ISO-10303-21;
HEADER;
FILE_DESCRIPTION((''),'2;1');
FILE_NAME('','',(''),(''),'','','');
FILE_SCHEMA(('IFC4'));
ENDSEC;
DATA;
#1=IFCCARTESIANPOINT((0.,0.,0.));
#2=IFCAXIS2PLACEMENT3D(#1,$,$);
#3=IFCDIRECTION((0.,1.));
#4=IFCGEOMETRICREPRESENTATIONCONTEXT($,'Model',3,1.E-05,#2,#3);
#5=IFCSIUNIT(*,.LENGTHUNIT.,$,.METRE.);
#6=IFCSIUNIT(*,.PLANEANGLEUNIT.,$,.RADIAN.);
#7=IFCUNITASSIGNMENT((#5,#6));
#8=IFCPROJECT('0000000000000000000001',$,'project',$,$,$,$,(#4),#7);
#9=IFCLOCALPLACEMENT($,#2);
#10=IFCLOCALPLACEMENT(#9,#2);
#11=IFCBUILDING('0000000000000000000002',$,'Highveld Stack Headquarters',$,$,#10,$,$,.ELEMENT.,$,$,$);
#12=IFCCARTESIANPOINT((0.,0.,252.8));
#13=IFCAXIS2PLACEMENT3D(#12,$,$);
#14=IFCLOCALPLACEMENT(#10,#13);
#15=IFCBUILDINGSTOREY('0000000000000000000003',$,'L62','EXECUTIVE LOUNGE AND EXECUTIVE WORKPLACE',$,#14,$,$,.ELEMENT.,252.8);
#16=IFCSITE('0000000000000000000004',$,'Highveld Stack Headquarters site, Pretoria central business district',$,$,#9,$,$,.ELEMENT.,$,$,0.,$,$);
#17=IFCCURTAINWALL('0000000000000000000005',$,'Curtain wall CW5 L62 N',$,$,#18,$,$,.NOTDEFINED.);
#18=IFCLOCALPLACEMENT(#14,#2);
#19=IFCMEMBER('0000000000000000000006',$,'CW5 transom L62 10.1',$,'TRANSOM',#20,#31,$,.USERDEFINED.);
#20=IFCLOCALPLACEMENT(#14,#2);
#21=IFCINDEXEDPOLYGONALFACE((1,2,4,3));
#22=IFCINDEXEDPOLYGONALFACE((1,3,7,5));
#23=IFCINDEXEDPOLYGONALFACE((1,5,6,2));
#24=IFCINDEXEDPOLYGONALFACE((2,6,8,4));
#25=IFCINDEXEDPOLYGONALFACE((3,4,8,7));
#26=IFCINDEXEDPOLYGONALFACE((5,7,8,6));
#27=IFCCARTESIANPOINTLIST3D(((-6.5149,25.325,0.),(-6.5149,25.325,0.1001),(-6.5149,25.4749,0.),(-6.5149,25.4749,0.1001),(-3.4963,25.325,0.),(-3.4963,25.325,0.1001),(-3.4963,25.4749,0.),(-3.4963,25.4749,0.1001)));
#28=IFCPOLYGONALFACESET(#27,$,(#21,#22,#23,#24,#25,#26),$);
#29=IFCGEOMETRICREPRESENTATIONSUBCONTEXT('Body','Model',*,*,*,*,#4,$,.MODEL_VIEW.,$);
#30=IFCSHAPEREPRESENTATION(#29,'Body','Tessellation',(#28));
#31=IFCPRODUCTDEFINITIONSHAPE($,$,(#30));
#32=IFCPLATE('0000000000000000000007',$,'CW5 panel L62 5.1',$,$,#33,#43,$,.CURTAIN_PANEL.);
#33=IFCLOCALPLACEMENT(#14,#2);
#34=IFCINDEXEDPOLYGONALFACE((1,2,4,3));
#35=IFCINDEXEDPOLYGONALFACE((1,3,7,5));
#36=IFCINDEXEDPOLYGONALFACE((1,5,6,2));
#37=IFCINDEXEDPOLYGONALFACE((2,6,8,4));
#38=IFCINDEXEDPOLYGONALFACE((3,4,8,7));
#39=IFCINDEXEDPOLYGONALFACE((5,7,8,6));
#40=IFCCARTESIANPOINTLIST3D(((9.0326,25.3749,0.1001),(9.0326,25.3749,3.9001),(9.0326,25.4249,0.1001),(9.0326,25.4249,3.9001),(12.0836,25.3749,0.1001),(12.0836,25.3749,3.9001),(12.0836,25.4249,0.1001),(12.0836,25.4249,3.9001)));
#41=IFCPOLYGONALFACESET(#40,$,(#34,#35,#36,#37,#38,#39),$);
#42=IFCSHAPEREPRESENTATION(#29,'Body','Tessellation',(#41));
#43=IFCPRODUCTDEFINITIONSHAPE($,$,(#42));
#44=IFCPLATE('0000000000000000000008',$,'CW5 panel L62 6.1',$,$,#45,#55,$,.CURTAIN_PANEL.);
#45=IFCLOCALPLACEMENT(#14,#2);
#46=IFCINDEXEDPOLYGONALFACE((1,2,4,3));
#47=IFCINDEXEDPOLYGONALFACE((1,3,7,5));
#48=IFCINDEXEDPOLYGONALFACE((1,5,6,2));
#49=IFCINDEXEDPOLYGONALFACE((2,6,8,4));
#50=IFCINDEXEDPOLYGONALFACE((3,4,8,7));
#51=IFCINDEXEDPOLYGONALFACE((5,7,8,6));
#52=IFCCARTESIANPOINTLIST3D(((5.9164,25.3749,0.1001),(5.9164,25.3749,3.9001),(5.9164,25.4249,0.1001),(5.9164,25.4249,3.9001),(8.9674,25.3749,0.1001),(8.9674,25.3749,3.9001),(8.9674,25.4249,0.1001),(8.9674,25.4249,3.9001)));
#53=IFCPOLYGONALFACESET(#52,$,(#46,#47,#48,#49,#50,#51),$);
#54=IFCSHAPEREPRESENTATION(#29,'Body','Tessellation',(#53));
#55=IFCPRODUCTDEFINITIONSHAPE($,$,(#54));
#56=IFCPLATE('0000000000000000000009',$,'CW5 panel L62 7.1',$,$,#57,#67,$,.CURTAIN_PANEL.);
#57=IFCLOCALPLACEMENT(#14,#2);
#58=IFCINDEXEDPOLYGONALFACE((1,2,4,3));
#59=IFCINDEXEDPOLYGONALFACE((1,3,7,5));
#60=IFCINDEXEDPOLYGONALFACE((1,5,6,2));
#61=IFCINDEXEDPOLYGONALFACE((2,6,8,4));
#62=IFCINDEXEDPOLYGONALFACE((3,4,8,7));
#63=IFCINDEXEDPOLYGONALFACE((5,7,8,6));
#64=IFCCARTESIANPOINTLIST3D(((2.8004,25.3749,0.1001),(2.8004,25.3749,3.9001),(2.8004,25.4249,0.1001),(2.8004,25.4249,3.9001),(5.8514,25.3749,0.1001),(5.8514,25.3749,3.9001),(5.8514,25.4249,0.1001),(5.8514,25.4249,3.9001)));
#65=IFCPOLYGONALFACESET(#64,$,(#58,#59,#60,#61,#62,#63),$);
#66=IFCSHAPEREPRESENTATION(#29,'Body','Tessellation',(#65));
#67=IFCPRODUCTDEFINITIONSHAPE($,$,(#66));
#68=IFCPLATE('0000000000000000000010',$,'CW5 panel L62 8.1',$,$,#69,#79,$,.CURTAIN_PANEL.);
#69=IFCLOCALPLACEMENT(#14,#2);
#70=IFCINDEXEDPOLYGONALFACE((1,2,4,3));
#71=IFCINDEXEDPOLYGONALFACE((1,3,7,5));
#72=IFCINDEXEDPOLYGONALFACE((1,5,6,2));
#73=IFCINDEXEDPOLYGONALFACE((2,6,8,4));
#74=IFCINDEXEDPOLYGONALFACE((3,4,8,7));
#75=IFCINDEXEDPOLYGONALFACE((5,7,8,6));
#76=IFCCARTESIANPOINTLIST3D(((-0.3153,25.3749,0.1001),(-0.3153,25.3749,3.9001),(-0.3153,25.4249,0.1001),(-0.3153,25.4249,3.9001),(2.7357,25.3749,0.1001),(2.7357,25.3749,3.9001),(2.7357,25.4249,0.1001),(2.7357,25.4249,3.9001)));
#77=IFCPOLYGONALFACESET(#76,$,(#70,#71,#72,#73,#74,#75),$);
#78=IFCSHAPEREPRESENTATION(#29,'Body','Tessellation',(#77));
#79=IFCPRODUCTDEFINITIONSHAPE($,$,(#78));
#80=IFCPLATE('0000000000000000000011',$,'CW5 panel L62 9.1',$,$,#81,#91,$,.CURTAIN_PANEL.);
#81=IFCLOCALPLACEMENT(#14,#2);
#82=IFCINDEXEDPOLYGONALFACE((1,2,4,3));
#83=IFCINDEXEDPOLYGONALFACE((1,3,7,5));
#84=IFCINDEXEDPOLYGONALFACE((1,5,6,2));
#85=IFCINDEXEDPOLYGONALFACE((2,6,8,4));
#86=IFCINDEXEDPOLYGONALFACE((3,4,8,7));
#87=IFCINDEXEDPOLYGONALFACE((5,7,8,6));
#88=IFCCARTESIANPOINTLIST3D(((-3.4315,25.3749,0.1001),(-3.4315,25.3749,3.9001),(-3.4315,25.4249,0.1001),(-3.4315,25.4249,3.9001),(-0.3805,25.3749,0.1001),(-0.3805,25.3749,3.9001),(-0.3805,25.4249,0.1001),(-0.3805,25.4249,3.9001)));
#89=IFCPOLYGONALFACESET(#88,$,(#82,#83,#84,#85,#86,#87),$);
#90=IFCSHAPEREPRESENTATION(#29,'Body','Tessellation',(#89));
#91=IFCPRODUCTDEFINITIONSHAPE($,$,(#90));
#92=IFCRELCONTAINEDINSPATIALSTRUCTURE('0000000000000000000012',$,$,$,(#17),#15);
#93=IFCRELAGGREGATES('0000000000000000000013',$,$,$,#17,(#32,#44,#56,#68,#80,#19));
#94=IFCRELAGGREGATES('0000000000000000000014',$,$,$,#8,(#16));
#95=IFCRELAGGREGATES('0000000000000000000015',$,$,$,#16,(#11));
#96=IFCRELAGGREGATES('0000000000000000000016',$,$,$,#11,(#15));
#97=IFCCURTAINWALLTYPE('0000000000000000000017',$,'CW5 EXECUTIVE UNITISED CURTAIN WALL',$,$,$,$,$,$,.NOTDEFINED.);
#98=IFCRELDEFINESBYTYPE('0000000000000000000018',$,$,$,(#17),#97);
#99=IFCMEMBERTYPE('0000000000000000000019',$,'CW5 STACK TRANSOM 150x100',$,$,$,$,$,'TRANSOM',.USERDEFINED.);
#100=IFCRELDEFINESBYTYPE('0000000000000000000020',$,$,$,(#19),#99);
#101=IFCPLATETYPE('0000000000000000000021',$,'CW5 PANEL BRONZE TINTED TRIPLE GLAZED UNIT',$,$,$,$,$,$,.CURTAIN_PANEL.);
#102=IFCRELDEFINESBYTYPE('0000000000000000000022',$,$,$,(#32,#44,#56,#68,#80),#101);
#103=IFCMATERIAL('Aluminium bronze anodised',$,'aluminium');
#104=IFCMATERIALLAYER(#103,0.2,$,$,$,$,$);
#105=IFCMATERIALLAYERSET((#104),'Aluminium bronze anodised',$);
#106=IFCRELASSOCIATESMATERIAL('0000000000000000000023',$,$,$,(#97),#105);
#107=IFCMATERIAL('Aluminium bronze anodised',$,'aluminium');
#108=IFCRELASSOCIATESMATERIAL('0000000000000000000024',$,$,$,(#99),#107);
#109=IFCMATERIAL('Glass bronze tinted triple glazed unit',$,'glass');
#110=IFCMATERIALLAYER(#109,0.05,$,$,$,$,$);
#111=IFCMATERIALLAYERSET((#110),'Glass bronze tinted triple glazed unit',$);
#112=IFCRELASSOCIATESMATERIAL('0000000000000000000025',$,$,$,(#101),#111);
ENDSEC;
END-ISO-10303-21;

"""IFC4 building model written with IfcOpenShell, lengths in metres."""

from ifc_helpers import new_model, si_unit, direction, frame, origin, origin_2d, place, context, subcontext, project, spatial, rectangle, extrude, material, layer, layer_set, material_profile, profile_set, type_object, element, aggregate, save


model = new_model("IFC4")

# Units and contexts
model_context = context("Model", 3, precision=1e-05, world=origin(), true_north=direction((0.0, 1.0)))
body_context = subcontext(model_context, "Body", "Model", "MODEL_VIEW")
ifc_project = project(units=[si_unit("LENGTHUNIT", "METRE"), si_unit("PLANEANGLEUNIT", "RADIAN")], contexts=[model_context])

# Site, building, storey
site_placement = place(None, origin())
site = spatial("IfcSite", under=ifc_project, at=site_placement, Name="Highveld Stack Headquarters site, Pretoria central business district", CompositionType="ELEMENT", RefElevation=0.0)
building_placement = place(site_placement, origin())
building = spatial("IfcBuilding", under=site, at=building_placement, Name="Highveld Stack Headquarters", CompositionType="ELEMENT")
storey_placement = place(building_placement, frame((0.0, 0.0, 252.8)))
storey = spatial("IfcBuildingStorey", under=building, at=storey_placement, Name="L62", Description="EXECUTIVE LOUNGE AND EXECUTIVE WORKPLACE", CompositionType="ELEMENT", Elevation=252.8)

# Curtain wall, member, plates
ifc_material_1 = material(Name="Aluminium bronze anodised", Category="aluminium")
ifc_layer_1 = layer(ifc_material_1, 0.2)
ifc_layer_set_1 = layer_set([ifc_layer_1], Name="Aluminium bronze anodised")
curtain_wall_type = type_object("IfcCurtainWallType", Name="CW5 EXECUTIVE UNITISED CURTAIN WALL", PredefinedType="NOTDEFINED", material=ifc_layer_set_1)
curtain_wall_placement = place(storey_placement, origin())
curtain_wall = element("IfcCurtainWall", 1, at=curtain_wall_placement, inside=storey, type_object=curtain_wall_type, Name="Curtain wall CW5 L62 N", PredefinedType="NOTDEFINED")
ifc_material_2 = material(Name="Aluminium bronze anodised", Category="aluminium")
ifc_material_profile_1 = material_profile(ifc_material_2, rectangle(XDim=0.1499, YDim=0.1001, at=origin_2d()), Name="CW5 TRANSOM 150x100")
ifc_profile_set_1 = profile_set([ifc_material_profile_1], Name="Aluminium bronze anodised")
member_type_1 = type_object("IfcMemberType", Name="CW5 STACK TRANSOM 150x100", ElementType="TRANSOM", PredefinedType="USERDEFINED", material=ifc_profile_set_1)
member_1_placement = place(storey_placement, frame((-3.4963, 25.3999, 0.05), z_axis=(-1.0, 0.0, 0.0), x_axis=(0.0, -1.0, 0.0)))
member_1 = element("IfcMember", 2, at=member_1_placement, type_object=member_type_1, Name="CW5 transom L62 10.1", ObjectType="TRANSOM", PredefinedType="USERDEFINED", context=body_context, shape_type="SweptSolid", body=[
    extrude(rectangle(XDim=0.1499, YDim=0.1001, at=origin_2d()), origin(), (0.0, 0.0, 1.0), 3.0186),
])
ifc_material_3 = material(Name="Glass bronze tinted triple glazed unit", Category="glass")
ifc_layer_2 = layer(ifc_material_3, 0.05)
ifc_layer_set_2 = layer_set([ifc_layer_2], Name="Glass bronze tinted triple glazed unit")
plate_type = type_object("IfcPlateType", Name="CW5 PANEL BRONZE TINTED TRIPLE GLAZED UNIT", PredefinedType="CURTAIN_PANEL", material=ifc_layer_set_2)
plate_1_placement = place(storey_placement, frame((10.5581, 25.3999, 0.1001), z_axis=(0.0, 0.0, 1.0), x_axis=(-1.0, 0.0, 0.0)))
plate_1 = element("IfcPlate", 3, at=plate_1_placement, type_object=plate_type, Name="CW5 panel L62 5.1", PredefinedType="CURTAIN_PANEL", context=body_context, shape_type="SweptSolid", body=[
    extrude(rectangle(XDim=3.051, YDim=0.05, at=origin_2d()), origin(), (0.0, 0.0, 1.0), 3.8),
])
plate_2_placement = place(storey_placement, frame((7.4419, 25.3999, 0.1001), z_axis=(0.0, 0.0, 1.0), x_axis=(-1.0, 0.0, 0.0)))
plate_2 = element("IfcPlate", 4, at=plate_2_placement, type_object=plate_type, Name="CW5 panel L62 6.1", PredefinedType="CURTAIN_PANEL", context=body_context, shape_type="SweptSolid", body=[
    extrude(rectangle(XDim=3.051, YDim=0.05, at=origin_2d()), origin(), (0.0, 0.0, 1.0), 3.8),
])
plate_3_placement = place(storey_placement, frame((4.3259, 25.3999, 0.1001), z_axis=(0.0, 0.0, 1.0), x_axis=(-1.0, 0.0, 0.0)))
plate_3 = element("IfcPlate", 5, at=plate_3_placement, type_object=plate_type, Name="CW5 panel L62 7.1", PredefinedType="CURTAIN_PANEL", context=body_context, shape_type="SweptSolid", body=[
    extrude(rectangle(XDim=3.051, YDim=0.05, at=origin_2d()), origin(), (0.0, 0.0, 1.0), 3.8),
])
plate_4_placement = place(storey_placement, frame((1.2102, 25.3999, 0.1001), z_axis=(0.0, 0.0, 1.0), x_axis=(-1.0, 0.0, 0.0)))
plate_4 = element("IfcPlate", 6, at=plate_4_placement, type_object=plate_type, Name="CW5 panel L62 8.1", PredefinedType="CURTAIN_PANEL", context=body_context, shape_type="SweptSolid", body=[
    extrude(rectangle(XDim=3.051, YDim=0.05, at=origin_2d()), origin(), (0.0, 0.0, 1.0), 3.8),
])
plate_5_placement = place(storey_placement, frame((-1.906, 25.3999, 0.1001), z_axis=(0.0, 0.0, 1.0), x_axis=(-1.0, 0.0, 0.0)))
plate_5 = element("IfcPlate", 7, at=plate_5_placement, type_object=plate_type, Name="CW5 panel L62 9.1", PredefinedType="CURTAIN_PANEL", context=body_context, shape_type="SweptSolid", body=[
    extrude(rectangle(XDim=3.051, YDim=0.05, at=origin_2d()), origin(), (0.0, 0.0, 1.0), 3.8),
])
aggregate(curtain_wall, [plate_1, plate_2, plate_3, plate_4, plate_5, member_1])

save(model, "model.ifc")
